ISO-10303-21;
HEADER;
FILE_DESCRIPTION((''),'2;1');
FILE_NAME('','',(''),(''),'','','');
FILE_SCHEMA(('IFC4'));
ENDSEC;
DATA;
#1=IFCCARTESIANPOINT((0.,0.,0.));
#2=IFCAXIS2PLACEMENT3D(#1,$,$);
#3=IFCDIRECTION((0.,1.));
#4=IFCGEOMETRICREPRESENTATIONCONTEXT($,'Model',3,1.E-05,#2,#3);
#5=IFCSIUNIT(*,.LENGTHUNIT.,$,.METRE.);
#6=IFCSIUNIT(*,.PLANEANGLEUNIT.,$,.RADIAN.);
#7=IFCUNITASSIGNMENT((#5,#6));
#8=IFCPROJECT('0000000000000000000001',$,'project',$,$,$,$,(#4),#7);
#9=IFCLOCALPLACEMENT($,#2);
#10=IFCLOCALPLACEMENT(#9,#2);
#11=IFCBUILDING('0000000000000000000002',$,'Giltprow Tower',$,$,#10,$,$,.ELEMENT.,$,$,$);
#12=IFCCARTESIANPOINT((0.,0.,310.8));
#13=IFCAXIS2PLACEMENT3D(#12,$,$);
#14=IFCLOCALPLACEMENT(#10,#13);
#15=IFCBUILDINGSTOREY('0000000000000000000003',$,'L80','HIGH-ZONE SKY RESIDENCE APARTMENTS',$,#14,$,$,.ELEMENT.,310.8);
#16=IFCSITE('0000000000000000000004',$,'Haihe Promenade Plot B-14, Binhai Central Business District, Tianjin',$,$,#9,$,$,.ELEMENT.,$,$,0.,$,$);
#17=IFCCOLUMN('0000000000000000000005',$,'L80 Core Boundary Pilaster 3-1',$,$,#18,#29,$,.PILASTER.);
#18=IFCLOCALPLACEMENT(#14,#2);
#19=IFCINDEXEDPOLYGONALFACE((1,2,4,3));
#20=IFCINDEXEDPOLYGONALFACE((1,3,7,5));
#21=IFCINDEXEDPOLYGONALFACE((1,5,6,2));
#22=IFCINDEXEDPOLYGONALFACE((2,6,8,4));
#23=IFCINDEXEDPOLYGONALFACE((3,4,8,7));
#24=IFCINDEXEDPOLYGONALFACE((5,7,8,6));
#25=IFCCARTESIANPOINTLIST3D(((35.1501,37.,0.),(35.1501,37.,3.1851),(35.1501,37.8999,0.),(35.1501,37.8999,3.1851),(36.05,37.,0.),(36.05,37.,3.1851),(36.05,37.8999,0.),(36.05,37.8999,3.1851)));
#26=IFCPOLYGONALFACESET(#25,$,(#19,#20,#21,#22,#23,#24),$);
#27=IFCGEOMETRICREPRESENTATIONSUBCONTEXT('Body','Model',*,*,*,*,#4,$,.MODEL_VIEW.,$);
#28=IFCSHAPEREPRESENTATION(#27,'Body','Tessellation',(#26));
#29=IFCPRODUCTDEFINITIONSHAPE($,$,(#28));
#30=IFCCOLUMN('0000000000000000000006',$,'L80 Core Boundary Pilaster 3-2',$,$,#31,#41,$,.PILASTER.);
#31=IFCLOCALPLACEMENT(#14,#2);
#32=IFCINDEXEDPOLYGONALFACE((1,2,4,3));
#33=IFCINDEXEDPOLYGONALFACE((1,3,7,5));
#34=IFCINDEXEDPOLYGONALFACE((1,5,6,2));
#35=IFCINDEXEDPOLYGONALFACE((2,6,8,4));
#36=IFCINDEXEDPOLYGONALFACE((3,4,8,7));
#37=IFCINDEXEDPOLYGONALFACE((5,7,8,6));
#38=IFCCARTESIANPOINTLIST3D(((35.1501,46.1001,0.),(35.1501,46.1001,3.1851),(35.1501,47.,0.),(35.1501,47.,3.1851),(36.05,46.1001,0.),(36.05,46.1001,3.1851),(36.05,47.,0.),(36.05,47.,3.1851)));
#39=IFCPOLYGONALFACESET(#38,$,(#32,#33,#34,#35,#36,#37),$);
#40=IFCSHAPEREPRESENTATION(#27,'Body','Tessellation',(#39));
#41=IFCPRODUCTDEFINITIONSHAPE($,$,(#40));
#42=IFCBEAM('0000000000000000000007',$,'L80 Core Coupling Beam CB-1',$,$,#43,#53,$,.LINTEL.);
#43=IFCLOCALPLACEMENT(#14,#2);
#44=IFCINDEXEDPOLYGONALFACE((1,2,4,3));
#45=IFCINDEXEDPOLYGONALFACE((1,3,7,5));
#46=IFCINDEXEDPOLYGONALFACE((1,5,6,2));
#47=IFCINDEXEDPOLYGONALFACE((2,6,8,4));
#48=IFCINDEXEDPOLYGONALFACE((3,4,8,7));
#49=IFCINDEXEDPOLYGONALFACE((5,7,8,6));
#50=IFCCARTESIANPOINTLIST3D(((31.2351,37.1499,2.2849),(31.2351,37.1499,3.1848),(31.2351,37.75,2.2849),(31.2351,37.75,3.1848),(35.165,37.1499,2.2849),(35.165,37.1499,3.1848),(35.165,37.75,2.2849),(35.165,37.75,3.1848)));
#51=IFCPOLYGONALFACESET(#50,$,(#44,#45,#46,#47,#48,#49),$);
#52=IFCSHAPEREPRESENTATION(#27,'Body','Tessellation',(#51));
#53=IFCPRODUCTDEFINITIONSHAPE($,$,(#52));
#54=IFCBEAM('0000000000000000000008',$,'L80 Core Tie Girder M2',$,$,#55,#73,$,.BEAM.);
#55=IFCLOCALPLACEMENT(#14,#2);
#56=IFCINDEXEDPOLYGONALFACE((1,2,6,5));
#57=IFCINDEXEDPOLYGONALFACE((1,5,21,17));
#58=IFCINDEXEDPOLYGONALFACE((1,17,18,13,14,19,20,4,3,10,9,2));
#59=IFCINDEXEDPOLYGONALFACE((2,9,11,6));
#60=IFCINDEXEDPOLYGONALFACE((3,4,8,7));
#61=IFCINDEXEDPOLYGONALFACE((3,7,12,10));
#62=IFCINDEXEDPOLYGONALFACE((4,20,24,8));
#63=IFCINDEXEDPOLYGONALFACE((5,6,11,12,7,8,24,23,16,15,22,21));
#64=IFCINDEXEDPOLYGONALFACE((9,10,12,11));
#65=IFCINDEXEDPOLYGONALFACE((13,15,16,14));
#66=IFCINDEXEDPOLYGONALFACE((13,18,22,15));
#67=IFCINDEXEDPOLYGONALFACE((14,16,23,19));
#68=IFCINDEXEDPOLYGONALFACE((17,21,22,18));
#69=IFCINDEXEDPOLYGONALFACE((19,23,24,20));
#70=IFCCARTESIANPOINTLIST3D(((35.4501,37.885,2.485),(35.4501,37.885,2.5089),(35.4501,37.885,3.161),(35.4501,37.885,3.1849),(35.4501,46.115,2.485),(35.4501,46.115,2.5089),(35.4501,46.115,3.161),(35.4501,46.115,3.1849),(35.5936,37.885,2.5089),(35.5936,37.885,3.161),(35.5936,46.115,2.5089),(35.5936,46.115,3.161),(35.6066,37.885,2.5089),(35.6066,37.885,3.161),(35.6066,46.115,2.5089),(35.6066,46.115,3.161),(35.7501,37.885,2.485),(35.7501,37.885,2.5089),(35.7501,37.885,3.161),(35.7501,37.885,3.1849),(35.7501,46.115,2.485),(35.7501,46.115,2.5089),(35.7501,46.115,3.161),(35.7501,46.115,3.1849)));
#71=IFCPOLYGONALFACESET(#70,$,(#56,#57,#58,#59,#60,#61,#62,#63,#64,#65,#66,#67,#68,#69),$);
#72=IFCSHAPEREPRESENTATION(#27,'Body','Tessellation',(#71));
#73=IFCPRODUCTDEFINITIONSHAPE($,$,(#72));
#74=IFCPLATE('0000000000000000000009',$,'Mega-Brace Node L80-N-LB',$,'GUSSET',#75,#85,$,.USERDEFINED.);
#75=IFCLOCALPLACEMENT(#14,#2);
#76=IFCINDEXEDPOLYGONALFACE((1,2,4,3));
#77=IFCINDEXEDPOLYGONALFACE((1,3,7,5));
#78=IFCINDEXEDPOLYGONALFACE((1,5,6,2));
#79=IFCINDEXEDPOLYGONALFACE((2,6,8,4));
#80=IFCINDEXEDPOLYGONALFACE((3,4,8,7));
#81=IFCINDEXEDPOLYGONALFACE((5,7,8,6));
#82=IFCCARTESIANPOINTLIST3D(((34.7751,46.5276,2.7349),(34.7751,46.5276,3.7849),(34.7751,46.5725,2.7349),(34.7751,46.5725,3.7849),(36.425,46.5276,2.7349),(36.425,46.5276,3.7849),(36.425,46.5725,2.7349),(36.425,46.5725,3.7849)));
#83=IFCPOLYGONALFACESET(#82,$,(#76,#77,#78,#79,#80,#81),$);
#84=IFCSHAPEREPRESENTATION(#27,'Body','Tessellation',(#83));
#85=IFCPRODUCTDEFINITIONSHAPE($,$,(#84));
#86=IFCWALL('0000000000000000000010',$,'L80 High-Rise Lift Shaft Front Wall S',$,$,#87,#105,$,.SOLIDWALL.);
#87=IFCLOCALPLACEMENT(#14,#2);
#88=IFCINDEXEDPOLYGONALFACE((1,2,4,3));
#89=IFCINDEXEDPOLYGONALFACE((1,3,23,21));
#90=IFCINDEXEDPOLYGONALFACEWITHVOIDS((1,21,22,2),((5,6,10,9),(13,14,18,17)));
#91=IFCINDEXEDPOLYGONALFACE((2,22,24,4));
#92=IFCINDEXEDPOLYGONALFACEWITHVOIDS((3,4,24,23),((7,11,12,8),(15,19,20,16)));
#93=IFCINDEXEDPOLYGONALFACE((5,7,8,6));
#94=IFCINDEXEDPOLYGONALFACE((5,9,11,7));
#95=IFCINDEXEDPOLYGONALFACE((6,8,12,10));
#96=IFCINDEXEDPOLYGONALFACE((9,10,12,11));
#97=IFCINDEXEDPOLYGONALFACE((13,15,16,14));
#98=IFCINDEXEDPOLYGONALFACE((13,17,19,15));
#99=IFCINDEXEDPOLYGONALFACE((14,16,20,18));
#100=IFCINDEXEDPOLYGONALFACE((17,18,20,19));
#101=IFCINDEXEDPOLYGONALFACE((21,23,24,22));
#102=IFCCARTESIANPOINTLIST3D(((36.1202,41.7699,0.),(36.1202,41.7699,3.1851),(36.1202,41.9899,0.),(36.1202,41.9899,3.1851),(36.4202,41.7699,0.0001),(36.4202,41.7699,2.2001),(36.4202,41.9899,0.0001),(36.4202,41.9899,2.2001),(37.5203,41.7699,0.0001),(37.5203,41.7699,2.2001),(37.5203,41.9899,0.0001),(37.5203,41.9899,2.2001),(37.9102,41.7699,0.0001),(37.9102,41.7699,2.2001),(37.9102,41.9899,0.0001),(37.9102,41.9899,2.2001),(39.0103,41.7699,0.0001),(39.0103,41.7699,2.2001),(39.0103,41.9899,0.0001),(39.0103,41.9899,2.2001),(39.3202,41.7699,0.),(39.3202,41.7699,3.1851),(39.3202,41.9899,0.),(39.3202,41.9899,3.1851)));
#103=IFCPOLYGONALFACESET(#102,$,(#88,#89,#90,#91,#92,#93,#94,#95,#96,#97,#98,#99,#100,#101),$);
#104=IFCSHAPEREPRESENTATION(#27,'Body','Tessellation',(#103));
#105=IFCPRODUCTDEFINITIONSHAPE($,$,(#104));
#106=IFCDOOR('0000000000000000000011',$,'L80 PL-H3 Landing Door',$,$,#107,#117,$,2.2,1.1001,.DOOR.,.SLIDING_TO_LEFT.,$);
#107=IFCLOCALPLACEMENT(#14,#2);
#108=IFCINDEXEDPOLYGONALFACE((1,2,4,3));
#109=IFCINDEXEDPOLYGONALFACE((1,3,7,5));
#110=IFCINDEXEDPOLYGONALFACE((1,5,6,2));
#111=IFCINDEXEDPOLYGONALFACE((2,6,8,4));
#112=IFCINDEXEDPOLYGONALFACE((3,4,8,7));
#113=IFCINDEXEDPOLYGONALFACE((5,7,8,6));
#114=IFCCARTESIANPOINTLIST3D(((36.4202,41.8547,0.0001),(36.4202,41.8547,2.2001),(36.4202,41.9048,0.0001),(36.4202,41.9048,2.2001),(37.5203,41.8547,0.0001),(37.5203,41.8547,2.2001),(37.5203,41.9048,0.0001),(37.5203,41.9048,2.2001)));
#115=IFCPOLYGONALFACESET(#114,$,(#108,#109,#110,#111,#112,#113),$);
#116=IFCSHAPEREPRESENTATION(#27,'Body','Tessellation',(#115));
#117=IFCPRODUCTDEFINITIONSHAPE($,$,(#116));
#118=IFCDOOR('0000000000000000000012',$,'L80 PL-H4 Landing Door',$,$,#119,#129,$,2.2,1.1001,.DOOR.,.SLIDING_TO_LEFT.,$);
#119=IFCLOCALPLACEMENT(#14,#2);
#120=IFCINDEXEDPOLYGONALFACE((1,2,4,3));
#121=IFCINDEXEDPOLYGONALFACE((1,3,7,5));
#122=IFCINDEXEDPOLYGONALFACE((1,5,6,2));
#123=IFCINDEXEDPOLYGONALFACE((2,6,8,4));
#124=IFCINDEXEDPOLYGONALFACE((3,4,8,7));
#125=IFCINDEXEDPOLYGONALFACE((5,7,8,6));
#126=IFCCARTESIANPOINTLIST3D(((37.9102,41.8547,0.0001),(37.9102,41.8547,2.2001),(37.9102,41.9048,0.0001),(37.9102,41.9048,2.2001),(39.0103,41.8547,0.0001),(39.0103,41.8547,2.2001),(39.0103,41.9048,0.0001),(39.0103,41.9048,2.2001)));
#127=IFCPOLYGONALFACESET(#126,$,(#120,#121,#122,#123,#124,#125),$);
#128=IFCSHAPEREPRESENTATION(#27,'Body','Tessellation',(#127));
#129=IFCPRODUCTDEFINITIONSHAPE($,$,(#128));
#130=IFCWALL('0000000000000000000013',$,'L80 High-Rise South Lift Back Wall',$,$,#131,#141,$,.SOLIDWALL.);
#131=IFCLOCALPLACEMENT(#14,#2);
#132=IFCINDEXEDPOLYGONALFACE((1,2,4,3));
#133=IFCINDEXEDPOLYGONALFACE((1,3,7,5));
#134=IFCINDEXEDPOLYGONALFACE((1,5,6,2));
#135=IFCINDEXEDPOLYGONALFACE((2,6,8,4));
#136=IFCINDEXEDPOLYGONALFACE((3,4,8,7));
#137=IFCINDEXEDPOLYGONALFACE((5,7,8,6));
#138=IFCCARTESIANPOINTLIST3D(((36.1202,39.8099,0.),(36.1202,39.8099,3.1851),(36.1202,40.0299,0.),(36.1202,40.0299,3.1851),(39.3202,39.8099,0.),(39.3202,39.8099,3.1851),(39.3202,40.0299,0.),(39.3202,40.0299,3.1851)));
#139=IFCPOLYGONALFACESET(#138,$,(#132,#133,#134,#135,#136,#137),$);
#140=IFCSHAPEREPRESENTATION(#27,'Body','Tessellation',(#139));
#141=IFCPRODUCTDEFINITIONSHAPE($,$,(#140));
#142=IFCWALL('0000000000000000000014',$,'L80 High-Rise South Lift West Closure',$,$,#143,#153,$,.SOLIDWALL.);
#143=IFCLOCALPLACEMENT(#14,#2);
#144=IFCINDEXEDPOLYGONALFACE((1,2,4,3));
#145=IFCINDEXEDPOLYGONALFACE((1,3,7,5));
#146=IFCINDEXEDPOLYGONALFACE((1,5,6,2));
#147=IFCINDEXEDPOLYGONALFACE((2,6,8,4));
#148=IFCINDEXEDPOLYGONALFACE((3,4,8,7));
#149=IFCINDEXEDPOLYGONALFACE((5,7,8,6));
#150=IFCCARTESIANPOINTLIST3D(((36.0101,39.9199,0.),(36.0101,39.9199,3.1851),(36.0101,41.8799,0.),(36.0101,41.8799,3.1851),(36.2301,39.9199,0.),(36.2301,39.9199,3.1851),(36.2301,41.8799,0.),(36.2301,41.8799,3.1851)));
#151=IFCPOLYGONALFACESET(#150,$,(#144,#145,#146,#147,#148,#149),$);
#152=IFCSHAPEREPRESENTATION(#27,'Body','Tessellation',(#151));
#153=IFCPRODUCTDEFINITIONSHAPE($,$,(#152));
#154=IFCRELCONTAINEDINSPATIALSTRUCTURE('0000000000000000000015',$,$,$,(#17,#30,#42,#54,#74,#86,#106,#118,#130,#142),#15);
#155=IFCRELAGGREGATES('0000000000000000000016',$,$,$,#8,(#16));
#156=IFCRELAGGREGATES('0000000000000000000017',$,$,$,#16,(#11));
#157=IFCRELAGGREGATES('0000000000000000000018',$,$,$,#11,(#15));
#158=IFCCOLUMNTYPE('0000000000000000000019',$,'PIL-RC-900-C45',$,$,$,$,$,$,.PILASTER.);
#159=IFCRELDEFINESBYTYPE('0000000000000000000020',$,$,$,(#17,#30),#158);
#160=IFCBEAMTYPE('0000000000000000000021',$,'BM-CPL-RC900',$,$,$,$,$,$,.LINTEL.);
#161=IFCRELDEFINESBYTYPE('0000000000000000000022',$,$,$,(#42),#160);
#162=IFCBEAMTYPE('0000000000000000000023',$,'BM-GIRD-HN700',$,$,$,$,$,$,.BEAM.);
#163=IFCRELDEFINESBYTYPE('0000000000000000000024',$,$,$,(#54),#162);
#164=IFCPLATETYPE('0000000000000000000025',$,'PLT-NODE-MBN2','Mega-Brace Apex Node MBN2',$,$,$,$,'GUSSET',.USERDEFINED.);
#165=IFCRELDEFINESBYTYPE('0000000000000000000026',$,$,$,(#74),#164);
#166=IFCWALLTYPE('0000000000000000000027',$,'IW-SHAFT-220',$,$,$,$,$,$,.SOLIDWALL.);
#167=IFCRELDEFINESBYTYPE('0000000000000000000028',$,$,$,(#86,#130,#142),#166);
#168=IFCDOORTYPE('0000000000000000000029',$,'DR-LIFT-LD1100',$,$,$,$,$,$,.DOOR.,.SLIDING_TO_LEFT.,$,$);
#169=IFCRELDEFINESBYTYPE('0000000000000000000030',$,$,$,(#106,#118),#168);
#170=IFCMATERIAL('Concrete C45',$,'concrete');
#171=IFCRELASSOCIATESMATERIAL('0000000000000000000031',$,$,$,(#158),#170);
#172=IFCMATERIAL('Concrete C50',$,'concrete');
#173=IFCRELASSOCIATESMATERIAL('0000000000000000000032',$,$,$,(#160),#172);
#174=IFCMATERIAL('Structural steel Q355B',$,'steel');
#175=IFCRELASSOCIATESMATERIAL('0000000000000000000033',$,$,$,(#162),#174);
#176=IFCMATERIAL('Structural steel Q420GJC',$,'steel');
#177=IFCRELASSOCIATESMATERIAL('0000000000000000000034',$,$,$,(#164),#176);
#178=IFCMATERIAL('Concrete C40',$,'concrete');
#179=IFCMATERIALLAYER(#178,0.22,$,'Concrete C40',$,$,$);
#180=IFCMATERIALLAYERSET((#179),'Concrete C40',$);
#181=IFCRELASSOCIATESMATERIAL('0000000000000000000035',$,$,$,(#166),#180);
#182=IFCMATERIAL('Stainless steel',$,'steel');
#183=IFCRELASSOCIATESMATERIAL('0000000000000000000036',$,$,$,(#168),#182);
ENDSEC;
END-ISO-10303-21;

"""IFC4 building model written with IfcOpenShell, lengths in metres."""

from ifc_helpers import new_model, si_unit, direction, frame, frame_2d, origin, origin_2d, place, context, subcontext, project, spatial, rectangle, i_section, extrude, source, transform, mapped, material, layer, layer_set, material_profile, profile_set, type_object, element, fill, save


model = new_model("IFC4")

# Units and contexts
model_context = context("Model", 3, precision=1e-05, world=origin(), true_north=direction((0.0, 1.0)))
body_context = subcontext(model_context, "Body", "Model", "MODEL_VIEW")
ifc_project = project(units=[si_unit("LENGTHUNIT", "METRE"), si_unit("PLANEANGLEUNIT", "RADIAN")], contexts=[model_context])

# Site, building, storey
site_placement = place(None, origin())
site = spatial("IfcSite", under=ifc_project, at=site_placement, Name="Haihe Promenade Plot B-14, Binhai Central Business District, Tianjin", CompositionType="ELEMENT", RefElevation=0.0)
building_placement = place(site_placement, origin())
building = spatial("IfcBuilding", under=site, at=building_placement, Name="Giltprow Tower", CompositionType="ELEMENT")
storey_placement = place(building_placement, frame((0.0, 0.0, 310.8)))
storey = spatial("IfcBuildingStorey", under=building, at=storey_placement, Name="L80", Description="HIGH-ZONE SKY RESIDENCE APARTMENTS", CompositionType="ELEMENT", Elevation=310.8)

# Columns
ifc_material_1 = material(Name="Concrete C45", Category="concrete")
ifc_material_profile_1 = material_profile(ifc_material_1, rectangle(XDim=0.8999, YDim=0.8999, at=origin_2d()), Name="RC 900x900")
ifc_profile_set_1 = profile_set([ifc_material_profile_1], Name="Concrete C45")
column_type = type_object("IfcColumnType", Name="PIL-RC-900-C45", PredefinedType="PILASTER", material=ifc_profile_set_1)
shared_shape_1 = source(origin(), body_context, "Body", "SweptSolid", [
    extrude(rectangle(XDim=0.8999, YDim=0.8999, at=origin_2d()), origin(), (0.0, 0.0, 1.0), 3.1851),
])
for number, where, z_axis, x_axis, name in (
    (1, (35.6001, 37.45, 0.0), (0.0, 0.0, 1.0), (1.0, 0.0, 0.0), "L80 Core Boundary Pilaster 3-1"),
    (2, (35.6001, 46.55, 0.0), (0.0, 0.0, 1.0), (1.0, 0.0, 0.0), "L80 Core Boundary Pilaster 3-2"),
):
    element("IfcColumn", number, at=place(storey_placement, frame(where, z_axis=z_axis, x_axis=x_axis)), inside=storey, type_object=column_type, Name=name, PredefinedType="PILASTER", context=body_context, shape_type="MappedRepresentation", body=[
        mapped(shared_shape_1, transform((0.0, 0.0, 0.0), x_axis=(1.0, 0.0, 0.0), y_axis=(0.0, 1.0, 0.0), z_axis=(0.0, 0.0, 1.0), scale=1.0)),
    ])

# Beams
ifc_material_2 = material(Name="Concrete C50", Category="concrete")
ifc_material_profile_2 = material_profile(ifc_material_2, rectangle(XDim=0.6001, YDim=0.8999, at=origin_2d()), Name="RC 900x600")
ifc_profile_set_2 = profile_set([ifc_material_profile_2], Name="Concrete C50")
beam_type_1 = type_object("IfcBeamType", Name="BM-CPL-RC900", PredefinedType="LINTEL", material=ifc_profile_set_2)
shared_shape_2 = source(origin(), body_context, "Body", "SweptSolid", [
    extrude(rectangle(XDim=0.6001, YDim=0.8999, at=origin_2d()), origin(), (0.0, 0.0, 1.0), 3.9299),
])
beam_1_placement = place(storey_placement, frame((31.2351, 37.45, 2.7349), z_axis=(1.0, 0.0, 0.0), x_axis=(0.0, 1.0, 0.0)))
element("IfcBeam", 3, at=beam_1_placement, inside=storey, type_object=beam_type_1, Name="L80 Core Coupling Beam CB-1", PredefinedType="LINTEL", context=body_context, shape_type="MappedRepresentation", body=[
    mapped(shared_shape_2, transform((0.0, 0.0, 0.0), x_axis=(1.0, 0.0, 0.0), y_axis=(0.0, 1.0, 0.0), z_axis=(0.0, 0.0, 1.0), scale=1.0)),
])
ifc_material_3 = material(Name="Structural steel Q355B", Category="steel")
ifc_material_profile_3 = material_profile(ifc_material_3, i_section(OverallWidth=0.3, OverallDepth=0.7, WebThickness=0.0129, FlangeThickness=0.0239, at=origin_2d()), Name="HN 700x300x13x24")
ifc_profile_set_3 = profile_set([ifc_material_profile_3], Name="Structural steel Q355B")
beam_type_2 = type_object("IfcBeamType", Name="BM-GIRD-HN700", PredefinedType="BEAM", material=ifc_profile_set_3)
shared_shape_3 = source(origin(), body_context, "Body", "SweptSolid", [
    extrude(i_section(OverallWidth=0.3, OverallDepth=0.7, WebThickness=0.0129, FlangeThickness=0.0239, at=origin_2d()), origin(), (0.0, 0.0, 1.0), 8.23),
])
beam_2_placement = place(storey_placement, frame((35.6001, 37.885, 2.835), z_axis=(0.0, 1.0, 0.0), x_axis=(-1.0, 0.0, 0.0)))
element("IfcBeam", 4, at=beam_2_placement, inside=storey, type_object=beam_type_2, Name="L80 Core Tie Girder M2", PredefinedType="BEAM", context=body_context, shape_type="MappedRepresentation", body=[
    mapped(shared_shape_3, transform((0.0, 0.0, 0.0), x_axis=(1.0, 0.0, 0.0), y_axis=(0.0, 1.0, 0.0), z_axis=(0.0, 0.0, 1.0), scale=1.0)),
])

# Plate
ifc_material_4 = material(Name="Structural steel Q420GJC", Category="steel")
plate_type = type_object("IfcPlateType", Name="PLT-NODE-MBN2", Description="Mega-Brace Apex Node MBN2", ElementType="GUSSET", PredefinedType="USERDEFINED", material=ifc_material_4)
shared_shape_4 = source(origin(), body_context, "Body", "SweptSolid", [
    extrude(rectangle(XDim=1.6499, YDim=0.0449, at=origin_2d()), origin(), (0.0, 0.0, 1.0), 1.05),
])
plate_placement = place(storey_placement, frame((35.6001, 46.55, 2.7349), z_axis=(0.0, 0.0, 1.0), x_axis=(1.0, 0.0, 0.0)))
element("IfcPlate", 5, at=plate_placement, inside=storey, type_object=plate_type, Name="Mega-Brace Node L80-N-LB", ObjectType="GUSSET", PredefinedType="USERDEFINED", context=body_context, shape_type="MappedRepresentation", body=[
    mapped(shared_shape_4, transform((0.0, 0.0, 0.0), x_axis=(1.0, 0.0, 0.0), y_axis=(0.0, 1.0, 0.0), z_axis=(0.0, 0.0, 1.0), scale=1.0)),
])

# Wall, openings, doors
ifc_material_5 = material(Name="Concrete C40", Category="concrete")
ifc_layer_1 = layer(ifc_material_5, 0.22, Name="Concrete C40")
ifc_layer_set_1 = layer_set([ifc_layer_1], Name="Concrete C40")
wall_type_1 = type_object("IfcWallType", Name="IW-SHAFT-220", PredefinedType="SOLIDWALL", material=ifc_layer_set_1)
wall_1_placement = place(storey_placement, frame((36.1201, 41.8799, 0.0), z_axis=(0.0, 0.0, 1.0), x_axis=(1.0, 0.0, 0.0)))
wall_1 = element("IfcWall", 6, at=wall_1_placement, inside=storey, type_object=wall_type_1, Name="L80 High-Rise Lift Shaft Front Wall S", PredefinedType="SOLIDWALL", context=body_context, shape_type="SweptSolid", body=[
    extrude(rectangle(XDim=3.2, YDim=0.22, at=frame_2d((1.6001, 0.0))), origin(), (0.0, 0.0, 1.0), 3.1851),
])
opening_1_placement = place(wall_1_placement, frame((0.3, 0.0, 0.0)))
opening_1 = element("IfcOpeningElement", 7, at=opening_1_placement, cuts=wall_1, PredefinedType="OPENING", context=body_context, shape_type="SweptSolid", body=[
    extrude(rectangle(XDim=1.1001, YDim=2.2, at=frame_2d((0.55, 1.1001))), frame((0.0, 0.1199, 0.0), z_axis=(0.0, -1.0, 0.0), x_axis=(1.0, 0.0, 0.0)), (0.0, 0.0, 1.0), 0.24),
])
opening_2_placement = place(wall_1_placement, frame((1.79, 0.0, 0.0)))
opening_2 = element("IfcOpeningElement", 8, at=opening_2_placement, cuts=wall_1, PredefinedType="OPENING", context=body_context, shape_type="SweptSolid", body=[
    extrude(rectangle(XDim=1.1001, YDim=2.2, at=frame_2d((0.55, 1.1001))), frame((0.0, 0.1199, 0.0), z_axis=(0.0, -1.0, 0.0), x_axis=(1.0, 0.0, 0.0)), (0.0, 0.0, 1.0), 0.24),
])
ifc_material_6 = material(Name="Stainless steel", Category="steel")
door_type_1 = type_object("IfcDoorType", Name="DR-LIFT-LD1100", OperationType="SLIDING_TO_LEFT", PredefinedType="DOOR", material=ifc_material_6)
shared_shape_5 = source(origin(), body_context, "Body", "SweptSolid", [
    extrude(rectangle(XDim=1.1001, YDim=2.2, at=frame_2d((0.55, 1.1001))), frame((0.0, 0.0249, 0.0), z_axis=(0.0, -1.0, 0.0), x_axis=(1.0, 0.0, 0.0)), (0.0, 0.0, 1.0), 0.05),
])
door_1_placement = place(opening_1_placement, origin())
door_1 = element("IfcDoor", 9, at=door_1_placement, inside=storey, type_object=door_type_1, Name="L80 PL-H3 Landing Door", OperationType="SLIDING_TO_LEFT", OverallHeight=2.2, OverallWidth=1.1001, PredefinedType="DOOR", context=body_context, shape_type="MappedRepresentation", body=[
    mapped(shared_shape_5, transform((0.0, 0.0, 0.0), x_axis=(1.0, 0.0, 0.0), y_axis=(0.0, 1.0, 0.0), z_axis=(0.0, 0.0, 1.0), scale=1.0)),
])
fill(opening_1, door_1)
door_2_placement = place(opening_2_placement, origin())
door_2 = element("IfcDoor", 10, at=door_2_placement, inside=storey, type_object=door_type_1, Name="L80 PL-H4 Landing Door", OperationType="SLIDING_TO_LEFT", OverallHeight=2.2, OverallWidth=1.1001, PredefinedType="DOOR", context=body_context, shape_type="MappedRepresentation", body=[
    mapped(shared_shape_5, transform((0.0, 0.0, 0.0), x_axis=(1.0, 0.0, 0.0), y_axis=(0.0, 1.0, 0.0), z_axis=(0.0, 0.0, 1.0), scale=1.0)),
])
fill(opening_2, door_2)

# Walls
wall_2_placement = place(storey_placement, frame((36.1201, 39.9199, 0.0), z_axis=(0.0, 0.0, 1.0), x_axis=(1.0, 0.0, 0.0)))
element("IfcWall", 11, at=wall_2_placement, inside=storey, type_object=wall_type_1, Name="L80 High-Rise South Lift Back Wall", PredefinedType="SOLIDWALL", context=body_context, shape_type="SweptSolid", body=[
    extrude(rectangle(XDim=3.2, YDim=0.22, at=frame_2d((1.6001, 0.0))), origin(), (0.0, 0.0, 1.0), 3.1851),
])
wall_3_placement = place(storey_placement, frame((36.1201, 39.9199, 0.0), z_axis=(0.0, 0.0, 1.0), x_axis=(0.0, 1.0, 0.0)))
element("IfcWall", 12, at=wall_3_placement, inside=storey, type_object=wall_type_1, Name="L80 High-Rise South Lift West Closure", PredefinedType="SOLIDWALL", context=body_context, shape_type="SweptSolid", body=[
    extrude(rectangle(XDim=1.96, YDim=0.22, at=frame_2d((0.98, 0.0))), origin(), (0.0, 0.0, 1.0), 3.1851),
])

save(model, "model.ifc")
